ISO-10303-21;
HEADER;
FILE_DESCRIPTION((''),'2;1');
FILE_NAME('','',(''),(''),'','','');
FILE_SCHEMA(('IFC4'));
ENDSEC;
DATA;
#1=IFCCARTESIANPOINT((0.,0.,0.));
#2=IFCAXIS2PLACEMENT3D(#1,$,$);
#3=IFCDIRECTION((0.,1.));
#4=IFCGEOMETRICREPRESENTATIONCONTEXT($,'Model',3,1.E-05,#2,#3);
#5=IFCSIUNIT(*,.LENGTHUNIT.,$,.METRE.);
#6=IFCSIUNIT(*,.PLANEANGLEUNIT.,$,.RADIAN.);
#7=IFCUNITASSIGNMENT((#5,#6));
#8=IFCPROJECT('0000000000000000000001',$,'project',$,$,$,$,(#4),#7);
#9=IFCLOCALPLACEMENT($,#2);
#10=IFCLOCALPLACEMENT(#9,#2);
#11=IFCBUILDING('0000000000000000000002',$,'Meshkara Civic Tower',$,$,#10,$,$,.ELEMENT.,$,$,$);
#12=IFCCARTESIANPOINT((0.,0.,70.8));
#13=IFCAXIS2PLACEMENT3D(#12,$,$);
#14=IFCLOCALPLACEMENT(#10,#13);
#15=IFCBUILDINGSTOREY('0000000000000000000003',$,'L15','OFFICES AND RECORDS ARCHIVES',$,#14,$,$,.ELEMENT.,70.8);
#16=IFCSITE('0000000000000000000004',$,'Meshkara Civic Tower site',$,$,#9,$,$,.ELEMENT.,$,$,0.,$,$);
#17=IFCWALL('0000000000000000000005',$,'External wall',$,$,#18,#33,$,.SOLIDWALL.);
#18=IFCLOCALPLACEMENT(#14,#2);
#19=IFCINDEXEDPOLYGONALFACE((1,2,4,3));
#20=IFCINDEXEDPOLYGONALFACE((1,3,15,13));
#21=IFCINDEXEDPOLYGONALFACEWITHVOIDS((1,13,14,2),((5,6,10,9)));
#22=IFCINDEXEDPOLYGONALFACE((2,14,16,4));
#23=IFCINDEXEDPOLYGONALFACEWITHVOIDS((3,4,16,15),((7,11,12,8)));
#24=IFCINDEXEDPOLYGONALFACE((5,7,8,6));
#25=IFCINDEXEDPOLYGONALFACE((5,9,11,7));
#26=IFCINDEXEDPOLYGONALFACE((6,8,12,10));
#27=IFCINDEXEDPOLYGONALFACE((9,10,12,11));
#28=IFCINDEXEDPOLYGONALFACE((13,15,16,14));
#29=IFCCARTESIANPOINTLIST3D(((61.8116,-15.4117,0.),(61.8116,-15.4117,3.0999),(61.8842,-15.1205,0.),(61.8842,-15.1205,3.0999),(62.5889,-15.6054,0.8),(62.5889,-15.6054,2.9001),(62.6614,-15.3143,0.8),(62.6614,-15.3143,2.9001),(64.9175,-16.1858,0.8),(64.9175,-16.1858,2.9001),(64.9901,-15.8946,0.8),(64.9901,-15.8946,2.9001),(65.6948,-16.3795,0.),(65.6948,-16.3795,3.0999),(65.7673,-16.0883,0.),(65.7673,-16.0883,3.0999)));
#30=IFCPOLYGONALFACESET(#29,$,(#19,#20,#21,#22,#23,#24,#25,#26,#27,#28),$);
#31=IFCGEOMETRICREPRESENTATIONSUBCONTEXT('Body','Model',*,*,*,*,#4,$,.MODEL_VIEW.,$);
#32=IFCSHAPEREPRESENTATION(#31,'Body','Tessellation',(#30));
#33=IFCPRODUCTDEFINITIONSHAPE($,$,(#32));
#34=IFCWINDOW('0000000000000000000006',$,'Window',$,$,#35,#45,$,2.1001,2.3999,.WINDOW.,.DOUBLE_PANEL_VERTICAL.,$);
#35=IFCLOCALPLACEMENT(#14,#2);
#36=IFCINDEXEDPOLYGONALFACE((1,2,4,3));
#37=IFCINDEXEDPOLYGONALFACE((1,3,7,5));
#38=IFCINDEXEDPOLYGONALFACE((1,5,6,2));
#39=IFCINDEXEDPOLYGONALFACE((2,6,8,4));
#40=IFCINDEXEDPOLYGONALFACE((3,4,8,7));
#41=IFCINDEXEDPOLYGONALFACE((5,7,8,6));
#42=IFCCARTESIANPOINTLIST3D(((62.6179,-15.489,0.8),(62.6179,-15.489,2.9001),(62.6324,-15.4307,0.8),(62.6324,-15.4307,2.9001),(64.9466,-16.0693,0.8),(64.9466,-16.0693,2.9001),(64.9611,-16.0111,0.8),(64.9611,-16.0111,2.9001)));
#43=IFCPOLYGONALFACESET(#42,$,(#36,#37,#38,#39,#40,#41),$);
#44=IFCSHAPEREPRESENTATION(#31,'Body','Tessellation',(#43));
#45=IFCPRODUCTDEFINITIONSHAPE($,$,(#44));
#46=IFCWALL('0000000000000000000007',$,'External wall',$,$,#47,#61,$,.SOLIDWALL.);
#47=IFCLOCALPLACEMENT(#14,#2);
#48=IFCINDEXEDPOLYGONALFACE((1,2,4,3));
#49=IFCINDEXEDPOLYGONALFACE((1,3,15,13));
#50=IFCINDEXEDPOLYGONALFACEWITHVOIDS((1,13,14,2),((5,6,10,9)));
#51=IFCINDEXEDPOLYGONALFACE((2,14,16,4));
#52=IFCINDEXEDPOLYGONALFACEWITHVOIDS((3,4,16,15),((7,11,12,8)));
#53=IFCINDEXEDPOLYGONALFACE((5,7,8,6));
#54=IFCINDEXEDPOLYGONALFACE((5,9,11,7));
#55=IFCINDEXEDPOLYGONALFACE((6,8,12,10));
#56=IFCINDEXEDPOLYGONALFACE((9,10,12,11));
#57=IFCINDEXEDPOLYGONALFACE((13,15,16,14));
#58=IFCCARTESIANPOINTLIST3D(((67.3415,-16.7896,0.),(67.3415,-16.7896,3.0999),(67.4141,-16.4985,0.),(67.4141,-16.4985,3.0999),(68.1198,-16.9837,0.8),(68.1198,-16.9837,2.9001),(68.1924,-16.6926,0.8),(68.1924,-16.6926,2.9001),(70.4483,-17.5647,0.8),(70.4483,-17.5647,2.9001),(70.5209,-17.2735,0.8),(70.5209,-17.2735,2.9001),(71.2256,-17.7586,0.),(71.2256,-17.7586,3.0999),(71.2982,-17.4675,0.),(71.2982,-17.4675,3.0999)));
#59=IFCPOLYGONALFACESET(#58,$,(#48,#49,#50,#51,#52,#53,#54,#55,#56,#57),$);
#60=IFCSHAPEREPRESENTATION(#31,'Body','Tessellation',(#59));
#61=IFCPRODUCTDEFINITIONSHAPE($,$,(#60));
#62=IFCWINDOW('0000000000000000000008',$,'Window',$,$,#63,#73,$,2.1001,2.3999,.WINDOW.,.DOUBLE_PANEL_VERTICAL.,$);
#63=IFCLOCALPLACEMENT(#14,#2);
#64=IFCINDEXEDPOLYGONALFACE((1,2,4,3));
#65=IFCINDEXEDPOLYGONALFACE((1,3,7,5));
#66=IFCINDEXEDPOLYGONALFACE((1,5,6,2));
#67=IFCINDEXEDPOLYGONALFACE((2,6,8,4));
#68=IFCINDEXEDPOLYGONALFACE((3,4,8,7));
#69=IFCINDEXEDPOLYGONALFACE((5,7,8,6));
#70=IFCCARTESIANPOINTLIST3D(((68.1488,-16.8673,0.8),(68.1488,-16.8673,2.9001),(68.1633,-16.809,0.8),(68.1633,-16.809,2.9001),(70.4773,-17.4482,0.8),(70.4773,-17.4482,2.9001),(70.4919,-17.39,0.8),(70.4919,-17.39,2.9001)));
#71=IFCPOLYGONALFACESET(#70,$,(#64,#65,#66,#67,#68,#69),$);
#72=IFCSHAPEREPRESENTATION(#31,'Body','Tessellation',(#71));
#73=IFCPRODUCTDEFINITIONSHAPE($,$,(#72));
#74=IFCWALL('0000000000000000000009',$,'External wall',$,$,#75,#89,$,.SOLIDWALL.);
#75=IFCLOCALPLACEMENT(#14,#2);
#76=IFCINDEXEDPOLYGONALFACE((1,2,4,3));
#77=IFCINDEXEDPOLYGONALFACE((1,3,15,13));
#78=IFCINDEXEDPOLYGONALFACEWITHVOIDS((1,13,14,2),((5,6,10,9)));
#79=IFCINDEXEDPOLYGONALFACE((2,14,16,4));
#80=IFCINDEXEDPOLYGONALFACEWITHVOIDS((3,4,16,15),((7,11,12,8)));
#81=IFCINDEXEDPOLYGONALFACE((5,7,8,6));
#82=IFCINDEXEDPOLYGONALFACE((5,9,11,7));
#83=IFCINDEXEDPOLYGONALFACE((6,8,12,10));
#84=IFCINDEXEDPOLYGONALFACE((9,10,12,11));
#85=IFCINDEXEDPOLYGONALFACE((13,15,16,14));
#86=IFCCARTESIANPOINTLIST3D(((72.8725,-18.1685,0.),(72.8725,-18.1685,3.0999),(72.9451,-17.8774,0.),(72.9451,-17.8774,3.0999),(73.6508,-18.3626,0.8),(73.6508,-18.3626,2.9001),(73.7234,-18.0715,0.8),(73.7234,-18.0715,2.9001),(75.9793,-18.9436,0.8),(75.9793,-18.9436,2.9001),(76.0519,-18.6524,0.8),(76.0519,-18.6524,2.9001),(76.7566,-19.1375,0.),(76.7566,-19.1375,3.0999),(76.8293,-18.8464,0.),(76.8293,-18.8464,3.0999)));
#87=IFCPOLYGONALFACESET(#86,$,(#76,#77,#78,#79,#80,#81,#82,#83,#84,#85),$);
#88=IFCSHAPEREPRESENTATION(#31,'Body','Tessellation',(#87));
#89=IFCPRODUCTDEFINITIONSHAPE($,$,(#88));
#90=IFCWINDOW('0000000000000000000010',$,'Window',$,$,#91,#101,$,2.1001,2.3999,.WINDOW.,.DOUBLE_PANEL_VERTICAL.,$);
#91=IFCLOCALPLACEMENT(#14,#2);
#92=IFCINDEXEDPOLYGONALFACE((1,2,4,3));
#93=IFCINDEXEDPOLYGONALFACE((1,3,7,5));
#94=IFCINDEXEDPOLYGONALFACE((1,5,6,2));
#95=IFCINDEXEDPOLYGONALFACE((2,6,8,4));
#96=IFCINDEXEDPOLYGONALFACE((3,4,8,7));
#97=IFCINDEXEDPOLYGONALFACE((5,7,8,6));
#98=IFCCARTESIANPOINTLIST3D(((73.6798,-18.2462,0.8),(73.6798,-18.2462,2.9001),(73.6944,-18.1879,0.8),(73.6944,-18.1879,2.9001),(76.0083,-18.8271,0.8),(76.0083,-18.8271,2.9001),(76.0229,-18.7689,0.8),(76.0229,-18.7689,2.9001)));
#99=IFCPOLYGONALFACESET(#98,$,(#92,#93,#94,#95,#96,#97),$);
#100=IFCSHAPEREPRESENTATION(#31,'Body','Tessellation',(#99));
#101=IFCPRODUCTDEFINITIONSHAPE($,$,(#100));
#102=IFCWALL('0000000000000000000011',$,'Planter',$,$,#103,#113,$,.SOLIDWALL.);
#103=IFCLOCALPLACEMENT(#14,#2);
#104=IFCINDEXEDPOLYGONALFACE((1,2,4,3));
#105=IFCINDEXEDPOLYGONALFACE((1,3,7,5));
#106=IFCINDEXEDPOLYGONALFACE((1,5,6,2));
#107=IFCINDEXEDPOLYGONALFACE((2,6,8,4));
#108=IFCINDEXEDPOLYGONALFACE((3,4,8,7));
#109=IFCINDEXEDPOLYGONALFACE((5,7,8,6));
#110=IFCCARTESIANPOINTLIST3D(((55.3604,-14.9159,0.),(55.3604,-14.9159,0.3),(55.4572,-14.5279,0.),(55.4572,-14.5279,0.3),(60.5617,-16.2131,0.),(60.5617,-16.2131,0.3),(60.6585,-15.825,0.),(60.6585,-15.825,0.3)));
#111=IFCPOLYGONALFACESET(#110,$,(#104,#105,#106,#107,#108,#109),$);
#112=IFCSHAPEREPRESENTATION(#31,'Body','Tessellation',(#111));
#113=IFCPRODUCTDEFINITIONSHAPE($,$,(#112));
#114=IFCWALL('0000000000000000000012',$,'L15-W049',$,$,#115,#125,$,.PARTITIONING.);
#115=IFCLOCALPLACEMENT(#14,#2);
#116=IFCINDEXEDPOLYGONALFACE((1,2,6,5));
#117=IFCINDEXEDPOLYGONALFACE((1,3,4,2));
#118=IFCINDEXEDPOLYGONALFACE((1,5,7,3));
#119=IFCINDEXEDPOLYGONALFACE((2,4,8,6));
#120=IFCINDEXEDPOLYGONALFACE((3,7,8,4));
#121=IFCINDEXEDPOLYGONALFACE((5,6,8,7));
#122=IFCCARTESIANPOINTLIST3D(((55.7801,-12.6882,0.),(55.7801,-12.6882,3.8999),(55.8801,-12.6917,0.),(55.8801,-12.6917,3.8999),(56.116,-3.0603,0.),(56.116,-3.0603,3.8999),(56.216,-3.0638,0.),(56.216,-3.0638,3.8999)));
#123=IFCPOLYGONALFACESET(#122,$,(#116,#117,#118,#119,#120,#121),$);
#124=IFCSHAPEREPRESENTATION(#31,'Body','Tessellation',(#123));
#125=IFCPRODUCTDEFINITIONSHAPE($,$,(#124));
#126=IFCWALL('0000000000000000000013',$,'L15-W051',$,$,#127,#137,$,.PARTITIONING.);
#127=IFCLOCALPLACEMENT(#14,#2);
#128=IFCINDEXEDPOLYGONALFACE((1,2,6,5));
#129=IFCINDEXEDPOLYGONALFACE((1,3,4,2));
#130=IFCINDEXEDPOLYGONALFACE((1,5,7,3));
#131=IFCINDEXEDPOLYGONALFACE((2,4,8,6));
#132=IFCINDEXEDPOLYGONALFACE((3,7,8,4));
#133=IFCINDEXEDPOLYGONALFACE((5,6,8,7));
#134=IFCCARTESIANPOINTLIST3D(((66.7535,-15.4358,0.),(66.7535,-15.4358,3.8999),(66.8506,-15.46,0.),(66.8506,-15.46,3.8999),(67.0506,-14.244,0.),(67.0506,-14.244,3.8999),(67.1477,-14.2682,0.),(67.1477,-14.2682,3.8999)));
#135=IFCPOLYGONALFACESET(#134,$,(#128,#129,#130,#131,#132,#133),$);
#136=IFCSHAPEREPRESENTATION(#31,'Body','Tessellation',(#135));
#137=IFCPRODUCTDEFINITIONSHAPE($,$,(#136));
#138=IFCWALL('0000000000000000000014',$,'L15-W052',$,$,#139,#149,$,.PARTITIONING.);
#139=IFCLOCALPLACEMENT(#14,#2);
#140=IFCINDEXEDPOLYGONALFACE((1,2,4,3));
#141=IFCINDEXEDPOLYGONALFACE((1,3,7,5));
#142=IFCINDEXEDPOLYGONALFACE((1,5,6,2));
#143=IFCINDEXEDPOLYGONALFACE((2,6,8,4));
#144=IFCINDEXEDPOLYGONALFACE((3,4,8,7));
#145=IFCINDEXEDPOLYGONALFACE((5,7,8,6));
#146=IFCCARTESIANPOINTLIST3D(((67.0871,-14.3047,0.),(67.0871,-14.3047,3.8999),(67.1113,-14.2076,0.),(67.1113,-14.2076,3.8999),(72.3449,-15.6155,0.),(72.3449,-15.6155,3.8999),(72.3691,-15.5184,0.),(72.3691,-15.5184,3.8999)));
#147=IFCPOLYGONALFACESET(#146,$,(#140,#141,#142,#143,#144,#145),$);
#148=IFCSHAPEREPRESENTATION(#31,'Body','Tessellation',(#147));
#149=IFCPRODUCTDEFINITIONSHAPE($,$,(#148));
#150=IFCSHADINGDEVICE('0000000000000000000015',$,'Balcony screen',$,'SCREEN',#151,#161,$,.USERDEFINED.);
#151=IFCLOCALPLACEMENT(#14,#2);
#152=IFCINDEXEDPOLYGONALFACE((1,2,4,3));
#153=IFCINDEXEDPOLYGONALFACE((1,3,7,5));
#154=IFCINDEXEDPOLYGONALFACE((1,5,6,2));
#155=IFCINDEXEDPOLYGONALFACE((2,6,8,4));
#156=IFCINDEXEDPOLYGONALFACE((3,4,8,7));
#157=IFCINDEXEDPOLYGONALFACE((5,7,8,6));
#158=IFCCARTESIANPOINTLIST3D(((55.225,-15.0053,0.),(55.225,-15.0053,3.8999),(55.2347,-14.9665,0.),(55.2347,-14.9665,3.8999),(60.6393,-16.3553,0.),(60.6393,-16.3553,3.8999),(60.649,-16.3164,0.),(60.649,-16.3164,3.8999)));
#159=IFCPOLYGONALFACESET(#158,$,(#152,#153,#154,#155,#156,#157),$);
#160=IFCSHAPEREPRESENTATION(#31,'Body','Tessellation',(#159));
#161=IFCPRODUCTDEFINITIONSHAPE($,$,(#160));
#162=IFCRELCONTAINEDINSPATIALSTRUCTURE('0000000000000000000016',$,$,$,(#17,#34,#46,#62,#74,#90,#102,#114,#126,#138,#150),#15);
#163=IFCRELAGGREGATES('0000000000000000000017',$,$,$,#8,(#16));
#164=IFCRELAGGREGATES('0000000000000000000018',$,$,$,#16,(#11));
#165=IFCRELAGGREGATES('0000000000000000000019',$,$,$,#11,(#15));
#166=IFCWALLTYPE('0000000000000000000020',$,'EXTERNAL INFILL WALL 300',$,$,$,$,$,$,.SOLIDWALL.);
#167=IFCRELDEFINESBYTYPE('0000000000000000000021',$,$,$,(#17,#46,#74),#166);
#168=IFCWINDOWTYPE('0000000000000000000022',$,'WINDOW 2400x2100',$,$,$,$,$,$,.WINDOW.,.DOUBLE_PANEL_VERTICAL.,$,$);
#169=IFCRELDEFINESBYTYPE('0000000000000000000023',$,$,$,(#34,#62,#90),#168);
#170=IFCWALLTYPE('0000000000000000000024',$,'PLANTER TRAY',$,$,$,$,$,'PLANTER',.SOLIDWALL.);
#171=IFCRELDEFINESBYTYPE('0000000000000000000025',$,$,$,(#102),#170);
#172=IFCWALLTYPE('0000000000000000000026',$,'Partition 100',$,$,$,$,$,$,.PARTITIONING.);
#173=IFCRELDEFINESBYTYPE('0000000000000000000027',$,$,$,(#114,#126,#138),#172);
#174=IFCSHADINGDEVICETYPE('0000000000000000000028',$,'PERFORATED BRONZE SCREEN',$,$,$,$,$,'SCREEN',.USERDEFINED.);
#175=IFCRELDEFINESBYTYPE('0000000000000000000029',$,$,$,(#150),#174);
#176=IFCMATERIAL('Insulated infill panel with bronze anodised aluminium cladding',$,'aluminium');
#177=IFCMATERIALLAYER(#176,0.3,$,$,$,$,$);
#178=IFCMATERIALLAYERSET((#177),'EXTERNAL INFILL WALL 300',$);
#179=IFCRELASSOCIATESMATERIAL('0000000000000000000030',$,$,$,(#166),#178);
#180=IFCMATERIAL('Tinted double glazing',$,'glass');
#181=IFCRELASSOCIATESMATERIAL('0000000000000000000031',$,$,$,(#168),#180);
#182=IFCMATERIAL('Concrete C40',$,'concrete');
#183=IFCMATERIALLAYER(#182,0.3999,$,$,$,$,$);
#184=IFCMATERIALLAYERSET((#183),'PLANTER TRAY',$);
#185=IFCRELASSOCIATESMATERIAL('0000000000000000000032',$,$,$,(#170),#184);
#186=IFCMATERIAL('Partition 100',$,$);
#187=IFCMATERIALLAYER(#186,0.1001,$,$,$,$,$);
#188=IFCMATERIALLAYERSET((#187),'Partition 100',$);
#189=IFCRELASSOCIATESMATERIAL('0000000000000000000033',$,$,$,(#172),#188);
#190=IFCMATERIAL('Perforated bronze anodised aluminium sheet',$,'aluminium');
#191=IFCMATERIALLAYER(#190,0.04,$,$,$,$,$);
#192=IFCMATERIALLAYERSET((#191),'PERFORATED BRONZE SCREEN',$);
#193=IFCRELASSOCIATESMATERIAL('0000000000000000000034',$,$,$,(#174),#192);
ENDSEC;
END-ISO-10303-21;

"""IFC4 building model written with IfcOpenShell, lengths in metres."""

from ifc_helpers import new_model, si_unit, direction, frame, frame_2d, origin, origin_2d, place, context, subcontext, project, spatial, rectangle, extrude, material, layer, layer_set, type_object, element, fill, save


model = new_model("IFC4")

# Units and contexts
model_context = context("Model", 3, precision=1e-05, world=origin(), true_north=direction((0.0, 1.0)))
body_context = subcontext(model_context, "Body", "Model", "MODEL_VIEW")
ifc_project = project(units=[si_unit("LENGTHUNIT", "METRE"), si_unit("PLANEANGLEUNIT", "RADIAN")], contexts=[model_context])

# Site, building, storey
site_placement = place(None, origin())
site = spatial("IfcSite", under=ifc_project, at=site_placement, Name="Meshkara Civic Tower site", CompositionType="ELEMENT", RefElevation=0.0)
building_placement = place(site_placement, origin())
building = spatial("IfcBuilding", under=site, at=building_placement, Name="Meshkara Civic Tower", CompositionType="ELEMENT")
storey_placement = place(building_placement, frame((0.0, 0.0, 70.8)))
storey = spatial("IfcBuildingStorey", under=building, at=storey_placement, Name="L15", Description="OFFICES AND RECORDS ARCHIVES", CompositionType="ELEMENT", Elevation=70.8)

# Walls, openings, windows
ifc_material_1 = material(Name="Insulated infill panel with bronze anodised aluminium cladding", Category="aluminium")
ifc_layer_1 = layer(ifc_material_1, 0.3)
ifc_layer_set_1 = layer_set([ifc_layer_1], Name="EXTERNAL INFILL WALL 300")
wall_type_1 = type_object("IfcWallType", Name="EXTERNAL INFILL WALL 300", PredefinedType="SOLIDWALL", material=ifc_layer_set_1)
wall_1_placement = place(storey_placement, frame((61.8479, -15.2661, 0.0), z_axis=(0.0, 0.0, 1.0), x_axis=(0.970318, -0.241832, 0.0)))
wall_1 = element("IfcWall", 1, at=wall_1_placement, inside=storey, type_object=wall_type_1, Name="External wall", PredefinedType="SOLIDWALL", context=body_context, shape_type="SweptSolid", body=[
    extrude(rectangle(XDim=4.002, YDim=0.3, at=frame_2d((2.001, 0.0))), origin(), (0.0, 0.0, 1.0), 3.0999),
])
opening_1_placement = place(wall_1_placement, frame((0.801, 0.0, 0.8)))
opening_1 = element("IfcOpeningElement", 2, at=opening_1_placement, cuts=wall_1, PredefinedType="OPENING", context=body_context, shape_type="SweptSolid", body=[
    extrude(rectangle(XDim=2.3999, YDim=2.1001, at=frame_2d((1.2, 1.05))), frame((0.0, 0.1599, 0.0), z_axis=(0.0, -1.0, 0.0), x_axis=(1.0, 0.0, 0.0)), (0.0, 0.0, 1.0), 0.3201),
])
ifc_material_2 = material(Name="Tinted double glazing", Category="glass")
window_type = type_object("IfcWindowType", Name="WINDOW 2400x2100", PartitioningType="DOUBLE_PANEL_VERTICAL", PredefinedType="WINDOW", material=ifc_material_2)
window_1_placement = place(opening_1_placement, origin())
window_1 = element("IfcWindow", 3, at=window_1_placement, inside=storey, type_object=window_type, Name="Window", OverallHeight=2.1001, OverallWidth=2.3999, PartitioningType="DOUBLE_PANEL_VERTICAL", PredefinedType="WINDOW", context=body_context, shape_type="SweptSolid", body=[
    extrude(rectangle(XDim=2.3999, YDim=2.1001, at=frame_2d((1.2, 1.05))), frame((0.0, 0.03, 0.0), z_axis=(0.0, -1.0, 0.0), x_axis=(1.0, 0.0, 0.0)), (0.0, 0.0, 1.0), 0.0601),
])
fill(opening_1, window_1)
wall_2_placement = place(storey_placement, frame((67.3779, -16.644, 0.0), z_axis=(0.0, 0.0, 1.0), x_axis=(0.970261, -0.242062, 0.0)))
wall_2 = element("IfcWall", 4, at=wall_2_placement, inside=storey, type_object=wall_type_1, Name="External wall", PredefinedType="SOLIDWALL", context=body_context, shape_type="SweptSolid", body=[
    extrude(rectangle(XDim=4.0032, YDim=0.3, at=frame_2d((2.0015, 0.0))), origin(), (0.0, 0.0, 1.0), 3.0999),
])
opening_2_placement = place(wall_2_placement, frame((0.802, 0.0, 0.8)))
opening_2 = element("IfcOpeningElement", 5, at=opening_2_placement, cuts=wall_2, PredefinedType="OPENING", context=body_context, shape_type="SweptSolid", body=[
    extrude(rectangle(XDim=2.3999, YDim=2.1001, at=frame_2d((1.2, 1.05))), frame((0.0, 0.1599, 0.0), z_axis=(0.0, -1.0, 0.0), x_axis=(1.0, 0.0, 0.0)), (0.0, 0.0, 1.0), 0.3201),
])
window_2_placement = place(opening_2_placement, origin())
window_2 = element("IfcWindow", 6, at=window_2_placement, inside=storey, type_object=window_type, Name="Window", OverallHeight=2.1001, OverallWidth=2.3999, PartitioningType="DOUBLE_PANEL_VERTICAL", PredefinedType="WINDOW", context=body_context, shape_type="SweptSolid", body=[
    extrude(rectangle(XDim=2.3999, YDim=2.1001, at=frame_2d((1.2, 1.05))), frame((0.0, 0.03, 0.0), z_axis=(0.0, -1.0, 0.0), x_axis=(1.0, 0.0, 0.0)), (0.0, 0.0, 1.0), 0.0601),
])
fill(opening_2, window_2)
wall_3_placement = place(storey_placement, frame((72.9089, -18.0229, 0.0), z_axis=(0.0, 0.0, 1.0), x_axis=(0.970261, -0.242062, 0.0)))
wall_3 = element("IfcWall", 7, at=wall_3_placement, inside=storey, type_object=wall_type_1, Name="External wall", PredefinedType="SOLIDWALL", context=body_context, shape_type="SweptSolid", body=[
    extrude(rectangle(XDim=4.0032, YDim=0.3, at=frame_2d((2.0015, 0.0))), origin(), (0.0, 0.0, 1.0), 3.0999),
])
opening_3_placement = place(wall_3_placement, frame((0.802, 0.0, 0.8)))
opening_3 = element("IfcOpeningElement", 8, at=opening_3_placement, cuts=wall_3, PredefinedType="OPENING", context=body_context, shape_type="SweptSolid", body=[
    extrude(rectangle(XDim=2.3999, YDim=2.1001, at=frame_2d((1.2, 1.05))), frame((0.0, 0.1599, 0.0), z_axis=(0.0, -1.0, 0.0), x_axis=(1.0, 0.0, 0.0)), (0.0, 0.0, 1.0), 0.3201),
])
window_3_placement = place(opening_3_placement, origin())
window_3 = element("IfcWindow", 9, at=window_3_placement, inside=storey, type_object=window_type, Name="Window", OverallHeight=2.1001, OverallWidth=2.3999, PartitioningType="DOUBLE_PANEL_VERTICAL", PredefinedType="WINDOW", context=body_context, shape_type="SweptSolid", body=[
    extrude(rectangle(XDim=2.3999, YDim=2.1001, at=frame_2d((1.2, 1.05))), frame((0.0, 0.03, 0.0), z_axis=(0.0, -1.0, 0.0), x_axis=(1.0, 0.0, 0.0)), (0.0, 0.0, 1.0), 0.0601),
])
fill(opening_3, window_3)

# Walls
ifc_material_3 = material(Name="Concrete C40", Category="concrete")
ifc_layer_2 = layer(ifc_material_3, 0.3999)
ifc_layer_set_2 = layer_set([ifc_layer_2], Name="PLANTER TRAY")
wall_type_2 = type_object("IfcWallType", Name="PLANTER TRAY", ElementType="PLANTER", PredefinedType="SOLIDWALL", material=ifc_layer_set_2)
wall_4_placement = place(storey_placement, frame((55.4089, -14.7219, 0.0), z_axis=(0.0, 0.0, 1.0), x_axis=(0.970282, -0.241978, 0.0)))
element("IfcWall", 10, at=wall_4_placement, inside=storey, type_object=wall_type_2, Name="Planter", PredefinedType="SOLIDWALL", context=body_context, shape_type="SweptSolid", body=[
    extrude(rectangle(XDim=5.3606, YDim=0.3999, at=frame_2d((2.6802, 0.0))), origin(), (0.0, 0.0, 1.0), 0.3),
])
ifc_material_4 = material(Name="Partition 100")
ifc_layer_3 = layer(ifc_material_4, 0.1001)
ifc_layer_set_3 = layer_set([ifc_layer_3], Name="Partition 100")
wall_type_3 = type_object("IfcWallType", Name="Partition 100", PredefinedType="PARTITIONING", material=ifc_layer_set_3)
wall_5_placement = place(storey_placement, frame((55.8301, -12.6899, 0.0), z_axis=(0.0, 0.0, 1.0), x_axis=(0.034871, 0.999392, 0.0)))
element("IfcWall", 11, at=wall_5_placement, inside=storey, type_object=wall_type_3, Name="L15-W049", PredefinedType="PARTITIONING", context=body_context, shape_type="SweptSolid", body=[
    extrude(rectangle(XDim=9.6338, YDim=0.1001, at=frame_2d((4.8169, 0.0))), origin(), (0.0, 0.0, 1.0), 3.8999),
])
wall_6_placement = place(storey_placement, frame((66.802, -15.448, 0.0), z_axis=(0.0, 0.0, 1.0), x_axis=(0.241881, 0.970306, 0.0)))
element("IfcWall", 12, at=wall_6_placement, inside=storey, type_object=wall_type_3, Name="L15-W051", PredefinedType="PARTITIONING", context=body_context, shape_type="SweptSolid", body=[
    extrude(rectangle(XDim=1.2283, YDim=0.1001, at=frame_2d((0.6143, 0.0))), origin(), (0.0, 0.0, 1.0), 3.8999),
])
wall_7_placement = place(storey_placement, frame((67.0991, -14.2561, 0.0), z_axis=(0.0, 0.0, 1.0), x_axis=(0.970301, -0.2419, 0.0)))
element("IfcWall", 13, at=wall_7_placement, inside=storey, type_object=wall_type_3, Name="L15-W052", PredefinedType="PARTITIONING", context=body_context, shape_type="SweptSolid", body=[
    extrude(rectangle(XDim=5.4187, YDim=0.1001, at=frame_2d((2.7095, 0.0))), origin(), (0.0, 0.0, 1.0), 3.8999),
])

# Shading device
ifc_material_5 = material(Name="Perforated bronze anodised aluminium sheet", Category="aluminium")
ifc_layer_4 = layer(ifc_material_5, 0.04)
ifc_layer_set_4 = layer_set([ifc_layer_4], Name="PERFORATED BRONZE SCREEN")
shading_device_type = type_object("IfcShadingDeviceType", Name="PERFORATED BRONZE SCREEN", ElementType="SCREEN", PredefinedType="USERDEFINED", material=ifc_layer_set_4)
shading_device_placement = place(storey_placement, frame((57.937, -15.6609, 0.0), z_axis=(0.0, 0.0, 1.0), x_axis=(0.970296, -0.241922, 0.0)))
element("IfcShadingDevice", 14, at=shading_device_placement, inside=storey, type_object=shading_device_type, Name="Balcony screen", ObjectType="SCREEN", PredefinedType="USERDEFINED", context=body_context, shape_type="SweptSolid", body=[
    extrude(rectangle(XDim=5.5801, YDim=0.04, at=origin_2d()), origin(), (0.0, 0.0, 1.0), 3.8999),
])

save(model, "model.ifc")
